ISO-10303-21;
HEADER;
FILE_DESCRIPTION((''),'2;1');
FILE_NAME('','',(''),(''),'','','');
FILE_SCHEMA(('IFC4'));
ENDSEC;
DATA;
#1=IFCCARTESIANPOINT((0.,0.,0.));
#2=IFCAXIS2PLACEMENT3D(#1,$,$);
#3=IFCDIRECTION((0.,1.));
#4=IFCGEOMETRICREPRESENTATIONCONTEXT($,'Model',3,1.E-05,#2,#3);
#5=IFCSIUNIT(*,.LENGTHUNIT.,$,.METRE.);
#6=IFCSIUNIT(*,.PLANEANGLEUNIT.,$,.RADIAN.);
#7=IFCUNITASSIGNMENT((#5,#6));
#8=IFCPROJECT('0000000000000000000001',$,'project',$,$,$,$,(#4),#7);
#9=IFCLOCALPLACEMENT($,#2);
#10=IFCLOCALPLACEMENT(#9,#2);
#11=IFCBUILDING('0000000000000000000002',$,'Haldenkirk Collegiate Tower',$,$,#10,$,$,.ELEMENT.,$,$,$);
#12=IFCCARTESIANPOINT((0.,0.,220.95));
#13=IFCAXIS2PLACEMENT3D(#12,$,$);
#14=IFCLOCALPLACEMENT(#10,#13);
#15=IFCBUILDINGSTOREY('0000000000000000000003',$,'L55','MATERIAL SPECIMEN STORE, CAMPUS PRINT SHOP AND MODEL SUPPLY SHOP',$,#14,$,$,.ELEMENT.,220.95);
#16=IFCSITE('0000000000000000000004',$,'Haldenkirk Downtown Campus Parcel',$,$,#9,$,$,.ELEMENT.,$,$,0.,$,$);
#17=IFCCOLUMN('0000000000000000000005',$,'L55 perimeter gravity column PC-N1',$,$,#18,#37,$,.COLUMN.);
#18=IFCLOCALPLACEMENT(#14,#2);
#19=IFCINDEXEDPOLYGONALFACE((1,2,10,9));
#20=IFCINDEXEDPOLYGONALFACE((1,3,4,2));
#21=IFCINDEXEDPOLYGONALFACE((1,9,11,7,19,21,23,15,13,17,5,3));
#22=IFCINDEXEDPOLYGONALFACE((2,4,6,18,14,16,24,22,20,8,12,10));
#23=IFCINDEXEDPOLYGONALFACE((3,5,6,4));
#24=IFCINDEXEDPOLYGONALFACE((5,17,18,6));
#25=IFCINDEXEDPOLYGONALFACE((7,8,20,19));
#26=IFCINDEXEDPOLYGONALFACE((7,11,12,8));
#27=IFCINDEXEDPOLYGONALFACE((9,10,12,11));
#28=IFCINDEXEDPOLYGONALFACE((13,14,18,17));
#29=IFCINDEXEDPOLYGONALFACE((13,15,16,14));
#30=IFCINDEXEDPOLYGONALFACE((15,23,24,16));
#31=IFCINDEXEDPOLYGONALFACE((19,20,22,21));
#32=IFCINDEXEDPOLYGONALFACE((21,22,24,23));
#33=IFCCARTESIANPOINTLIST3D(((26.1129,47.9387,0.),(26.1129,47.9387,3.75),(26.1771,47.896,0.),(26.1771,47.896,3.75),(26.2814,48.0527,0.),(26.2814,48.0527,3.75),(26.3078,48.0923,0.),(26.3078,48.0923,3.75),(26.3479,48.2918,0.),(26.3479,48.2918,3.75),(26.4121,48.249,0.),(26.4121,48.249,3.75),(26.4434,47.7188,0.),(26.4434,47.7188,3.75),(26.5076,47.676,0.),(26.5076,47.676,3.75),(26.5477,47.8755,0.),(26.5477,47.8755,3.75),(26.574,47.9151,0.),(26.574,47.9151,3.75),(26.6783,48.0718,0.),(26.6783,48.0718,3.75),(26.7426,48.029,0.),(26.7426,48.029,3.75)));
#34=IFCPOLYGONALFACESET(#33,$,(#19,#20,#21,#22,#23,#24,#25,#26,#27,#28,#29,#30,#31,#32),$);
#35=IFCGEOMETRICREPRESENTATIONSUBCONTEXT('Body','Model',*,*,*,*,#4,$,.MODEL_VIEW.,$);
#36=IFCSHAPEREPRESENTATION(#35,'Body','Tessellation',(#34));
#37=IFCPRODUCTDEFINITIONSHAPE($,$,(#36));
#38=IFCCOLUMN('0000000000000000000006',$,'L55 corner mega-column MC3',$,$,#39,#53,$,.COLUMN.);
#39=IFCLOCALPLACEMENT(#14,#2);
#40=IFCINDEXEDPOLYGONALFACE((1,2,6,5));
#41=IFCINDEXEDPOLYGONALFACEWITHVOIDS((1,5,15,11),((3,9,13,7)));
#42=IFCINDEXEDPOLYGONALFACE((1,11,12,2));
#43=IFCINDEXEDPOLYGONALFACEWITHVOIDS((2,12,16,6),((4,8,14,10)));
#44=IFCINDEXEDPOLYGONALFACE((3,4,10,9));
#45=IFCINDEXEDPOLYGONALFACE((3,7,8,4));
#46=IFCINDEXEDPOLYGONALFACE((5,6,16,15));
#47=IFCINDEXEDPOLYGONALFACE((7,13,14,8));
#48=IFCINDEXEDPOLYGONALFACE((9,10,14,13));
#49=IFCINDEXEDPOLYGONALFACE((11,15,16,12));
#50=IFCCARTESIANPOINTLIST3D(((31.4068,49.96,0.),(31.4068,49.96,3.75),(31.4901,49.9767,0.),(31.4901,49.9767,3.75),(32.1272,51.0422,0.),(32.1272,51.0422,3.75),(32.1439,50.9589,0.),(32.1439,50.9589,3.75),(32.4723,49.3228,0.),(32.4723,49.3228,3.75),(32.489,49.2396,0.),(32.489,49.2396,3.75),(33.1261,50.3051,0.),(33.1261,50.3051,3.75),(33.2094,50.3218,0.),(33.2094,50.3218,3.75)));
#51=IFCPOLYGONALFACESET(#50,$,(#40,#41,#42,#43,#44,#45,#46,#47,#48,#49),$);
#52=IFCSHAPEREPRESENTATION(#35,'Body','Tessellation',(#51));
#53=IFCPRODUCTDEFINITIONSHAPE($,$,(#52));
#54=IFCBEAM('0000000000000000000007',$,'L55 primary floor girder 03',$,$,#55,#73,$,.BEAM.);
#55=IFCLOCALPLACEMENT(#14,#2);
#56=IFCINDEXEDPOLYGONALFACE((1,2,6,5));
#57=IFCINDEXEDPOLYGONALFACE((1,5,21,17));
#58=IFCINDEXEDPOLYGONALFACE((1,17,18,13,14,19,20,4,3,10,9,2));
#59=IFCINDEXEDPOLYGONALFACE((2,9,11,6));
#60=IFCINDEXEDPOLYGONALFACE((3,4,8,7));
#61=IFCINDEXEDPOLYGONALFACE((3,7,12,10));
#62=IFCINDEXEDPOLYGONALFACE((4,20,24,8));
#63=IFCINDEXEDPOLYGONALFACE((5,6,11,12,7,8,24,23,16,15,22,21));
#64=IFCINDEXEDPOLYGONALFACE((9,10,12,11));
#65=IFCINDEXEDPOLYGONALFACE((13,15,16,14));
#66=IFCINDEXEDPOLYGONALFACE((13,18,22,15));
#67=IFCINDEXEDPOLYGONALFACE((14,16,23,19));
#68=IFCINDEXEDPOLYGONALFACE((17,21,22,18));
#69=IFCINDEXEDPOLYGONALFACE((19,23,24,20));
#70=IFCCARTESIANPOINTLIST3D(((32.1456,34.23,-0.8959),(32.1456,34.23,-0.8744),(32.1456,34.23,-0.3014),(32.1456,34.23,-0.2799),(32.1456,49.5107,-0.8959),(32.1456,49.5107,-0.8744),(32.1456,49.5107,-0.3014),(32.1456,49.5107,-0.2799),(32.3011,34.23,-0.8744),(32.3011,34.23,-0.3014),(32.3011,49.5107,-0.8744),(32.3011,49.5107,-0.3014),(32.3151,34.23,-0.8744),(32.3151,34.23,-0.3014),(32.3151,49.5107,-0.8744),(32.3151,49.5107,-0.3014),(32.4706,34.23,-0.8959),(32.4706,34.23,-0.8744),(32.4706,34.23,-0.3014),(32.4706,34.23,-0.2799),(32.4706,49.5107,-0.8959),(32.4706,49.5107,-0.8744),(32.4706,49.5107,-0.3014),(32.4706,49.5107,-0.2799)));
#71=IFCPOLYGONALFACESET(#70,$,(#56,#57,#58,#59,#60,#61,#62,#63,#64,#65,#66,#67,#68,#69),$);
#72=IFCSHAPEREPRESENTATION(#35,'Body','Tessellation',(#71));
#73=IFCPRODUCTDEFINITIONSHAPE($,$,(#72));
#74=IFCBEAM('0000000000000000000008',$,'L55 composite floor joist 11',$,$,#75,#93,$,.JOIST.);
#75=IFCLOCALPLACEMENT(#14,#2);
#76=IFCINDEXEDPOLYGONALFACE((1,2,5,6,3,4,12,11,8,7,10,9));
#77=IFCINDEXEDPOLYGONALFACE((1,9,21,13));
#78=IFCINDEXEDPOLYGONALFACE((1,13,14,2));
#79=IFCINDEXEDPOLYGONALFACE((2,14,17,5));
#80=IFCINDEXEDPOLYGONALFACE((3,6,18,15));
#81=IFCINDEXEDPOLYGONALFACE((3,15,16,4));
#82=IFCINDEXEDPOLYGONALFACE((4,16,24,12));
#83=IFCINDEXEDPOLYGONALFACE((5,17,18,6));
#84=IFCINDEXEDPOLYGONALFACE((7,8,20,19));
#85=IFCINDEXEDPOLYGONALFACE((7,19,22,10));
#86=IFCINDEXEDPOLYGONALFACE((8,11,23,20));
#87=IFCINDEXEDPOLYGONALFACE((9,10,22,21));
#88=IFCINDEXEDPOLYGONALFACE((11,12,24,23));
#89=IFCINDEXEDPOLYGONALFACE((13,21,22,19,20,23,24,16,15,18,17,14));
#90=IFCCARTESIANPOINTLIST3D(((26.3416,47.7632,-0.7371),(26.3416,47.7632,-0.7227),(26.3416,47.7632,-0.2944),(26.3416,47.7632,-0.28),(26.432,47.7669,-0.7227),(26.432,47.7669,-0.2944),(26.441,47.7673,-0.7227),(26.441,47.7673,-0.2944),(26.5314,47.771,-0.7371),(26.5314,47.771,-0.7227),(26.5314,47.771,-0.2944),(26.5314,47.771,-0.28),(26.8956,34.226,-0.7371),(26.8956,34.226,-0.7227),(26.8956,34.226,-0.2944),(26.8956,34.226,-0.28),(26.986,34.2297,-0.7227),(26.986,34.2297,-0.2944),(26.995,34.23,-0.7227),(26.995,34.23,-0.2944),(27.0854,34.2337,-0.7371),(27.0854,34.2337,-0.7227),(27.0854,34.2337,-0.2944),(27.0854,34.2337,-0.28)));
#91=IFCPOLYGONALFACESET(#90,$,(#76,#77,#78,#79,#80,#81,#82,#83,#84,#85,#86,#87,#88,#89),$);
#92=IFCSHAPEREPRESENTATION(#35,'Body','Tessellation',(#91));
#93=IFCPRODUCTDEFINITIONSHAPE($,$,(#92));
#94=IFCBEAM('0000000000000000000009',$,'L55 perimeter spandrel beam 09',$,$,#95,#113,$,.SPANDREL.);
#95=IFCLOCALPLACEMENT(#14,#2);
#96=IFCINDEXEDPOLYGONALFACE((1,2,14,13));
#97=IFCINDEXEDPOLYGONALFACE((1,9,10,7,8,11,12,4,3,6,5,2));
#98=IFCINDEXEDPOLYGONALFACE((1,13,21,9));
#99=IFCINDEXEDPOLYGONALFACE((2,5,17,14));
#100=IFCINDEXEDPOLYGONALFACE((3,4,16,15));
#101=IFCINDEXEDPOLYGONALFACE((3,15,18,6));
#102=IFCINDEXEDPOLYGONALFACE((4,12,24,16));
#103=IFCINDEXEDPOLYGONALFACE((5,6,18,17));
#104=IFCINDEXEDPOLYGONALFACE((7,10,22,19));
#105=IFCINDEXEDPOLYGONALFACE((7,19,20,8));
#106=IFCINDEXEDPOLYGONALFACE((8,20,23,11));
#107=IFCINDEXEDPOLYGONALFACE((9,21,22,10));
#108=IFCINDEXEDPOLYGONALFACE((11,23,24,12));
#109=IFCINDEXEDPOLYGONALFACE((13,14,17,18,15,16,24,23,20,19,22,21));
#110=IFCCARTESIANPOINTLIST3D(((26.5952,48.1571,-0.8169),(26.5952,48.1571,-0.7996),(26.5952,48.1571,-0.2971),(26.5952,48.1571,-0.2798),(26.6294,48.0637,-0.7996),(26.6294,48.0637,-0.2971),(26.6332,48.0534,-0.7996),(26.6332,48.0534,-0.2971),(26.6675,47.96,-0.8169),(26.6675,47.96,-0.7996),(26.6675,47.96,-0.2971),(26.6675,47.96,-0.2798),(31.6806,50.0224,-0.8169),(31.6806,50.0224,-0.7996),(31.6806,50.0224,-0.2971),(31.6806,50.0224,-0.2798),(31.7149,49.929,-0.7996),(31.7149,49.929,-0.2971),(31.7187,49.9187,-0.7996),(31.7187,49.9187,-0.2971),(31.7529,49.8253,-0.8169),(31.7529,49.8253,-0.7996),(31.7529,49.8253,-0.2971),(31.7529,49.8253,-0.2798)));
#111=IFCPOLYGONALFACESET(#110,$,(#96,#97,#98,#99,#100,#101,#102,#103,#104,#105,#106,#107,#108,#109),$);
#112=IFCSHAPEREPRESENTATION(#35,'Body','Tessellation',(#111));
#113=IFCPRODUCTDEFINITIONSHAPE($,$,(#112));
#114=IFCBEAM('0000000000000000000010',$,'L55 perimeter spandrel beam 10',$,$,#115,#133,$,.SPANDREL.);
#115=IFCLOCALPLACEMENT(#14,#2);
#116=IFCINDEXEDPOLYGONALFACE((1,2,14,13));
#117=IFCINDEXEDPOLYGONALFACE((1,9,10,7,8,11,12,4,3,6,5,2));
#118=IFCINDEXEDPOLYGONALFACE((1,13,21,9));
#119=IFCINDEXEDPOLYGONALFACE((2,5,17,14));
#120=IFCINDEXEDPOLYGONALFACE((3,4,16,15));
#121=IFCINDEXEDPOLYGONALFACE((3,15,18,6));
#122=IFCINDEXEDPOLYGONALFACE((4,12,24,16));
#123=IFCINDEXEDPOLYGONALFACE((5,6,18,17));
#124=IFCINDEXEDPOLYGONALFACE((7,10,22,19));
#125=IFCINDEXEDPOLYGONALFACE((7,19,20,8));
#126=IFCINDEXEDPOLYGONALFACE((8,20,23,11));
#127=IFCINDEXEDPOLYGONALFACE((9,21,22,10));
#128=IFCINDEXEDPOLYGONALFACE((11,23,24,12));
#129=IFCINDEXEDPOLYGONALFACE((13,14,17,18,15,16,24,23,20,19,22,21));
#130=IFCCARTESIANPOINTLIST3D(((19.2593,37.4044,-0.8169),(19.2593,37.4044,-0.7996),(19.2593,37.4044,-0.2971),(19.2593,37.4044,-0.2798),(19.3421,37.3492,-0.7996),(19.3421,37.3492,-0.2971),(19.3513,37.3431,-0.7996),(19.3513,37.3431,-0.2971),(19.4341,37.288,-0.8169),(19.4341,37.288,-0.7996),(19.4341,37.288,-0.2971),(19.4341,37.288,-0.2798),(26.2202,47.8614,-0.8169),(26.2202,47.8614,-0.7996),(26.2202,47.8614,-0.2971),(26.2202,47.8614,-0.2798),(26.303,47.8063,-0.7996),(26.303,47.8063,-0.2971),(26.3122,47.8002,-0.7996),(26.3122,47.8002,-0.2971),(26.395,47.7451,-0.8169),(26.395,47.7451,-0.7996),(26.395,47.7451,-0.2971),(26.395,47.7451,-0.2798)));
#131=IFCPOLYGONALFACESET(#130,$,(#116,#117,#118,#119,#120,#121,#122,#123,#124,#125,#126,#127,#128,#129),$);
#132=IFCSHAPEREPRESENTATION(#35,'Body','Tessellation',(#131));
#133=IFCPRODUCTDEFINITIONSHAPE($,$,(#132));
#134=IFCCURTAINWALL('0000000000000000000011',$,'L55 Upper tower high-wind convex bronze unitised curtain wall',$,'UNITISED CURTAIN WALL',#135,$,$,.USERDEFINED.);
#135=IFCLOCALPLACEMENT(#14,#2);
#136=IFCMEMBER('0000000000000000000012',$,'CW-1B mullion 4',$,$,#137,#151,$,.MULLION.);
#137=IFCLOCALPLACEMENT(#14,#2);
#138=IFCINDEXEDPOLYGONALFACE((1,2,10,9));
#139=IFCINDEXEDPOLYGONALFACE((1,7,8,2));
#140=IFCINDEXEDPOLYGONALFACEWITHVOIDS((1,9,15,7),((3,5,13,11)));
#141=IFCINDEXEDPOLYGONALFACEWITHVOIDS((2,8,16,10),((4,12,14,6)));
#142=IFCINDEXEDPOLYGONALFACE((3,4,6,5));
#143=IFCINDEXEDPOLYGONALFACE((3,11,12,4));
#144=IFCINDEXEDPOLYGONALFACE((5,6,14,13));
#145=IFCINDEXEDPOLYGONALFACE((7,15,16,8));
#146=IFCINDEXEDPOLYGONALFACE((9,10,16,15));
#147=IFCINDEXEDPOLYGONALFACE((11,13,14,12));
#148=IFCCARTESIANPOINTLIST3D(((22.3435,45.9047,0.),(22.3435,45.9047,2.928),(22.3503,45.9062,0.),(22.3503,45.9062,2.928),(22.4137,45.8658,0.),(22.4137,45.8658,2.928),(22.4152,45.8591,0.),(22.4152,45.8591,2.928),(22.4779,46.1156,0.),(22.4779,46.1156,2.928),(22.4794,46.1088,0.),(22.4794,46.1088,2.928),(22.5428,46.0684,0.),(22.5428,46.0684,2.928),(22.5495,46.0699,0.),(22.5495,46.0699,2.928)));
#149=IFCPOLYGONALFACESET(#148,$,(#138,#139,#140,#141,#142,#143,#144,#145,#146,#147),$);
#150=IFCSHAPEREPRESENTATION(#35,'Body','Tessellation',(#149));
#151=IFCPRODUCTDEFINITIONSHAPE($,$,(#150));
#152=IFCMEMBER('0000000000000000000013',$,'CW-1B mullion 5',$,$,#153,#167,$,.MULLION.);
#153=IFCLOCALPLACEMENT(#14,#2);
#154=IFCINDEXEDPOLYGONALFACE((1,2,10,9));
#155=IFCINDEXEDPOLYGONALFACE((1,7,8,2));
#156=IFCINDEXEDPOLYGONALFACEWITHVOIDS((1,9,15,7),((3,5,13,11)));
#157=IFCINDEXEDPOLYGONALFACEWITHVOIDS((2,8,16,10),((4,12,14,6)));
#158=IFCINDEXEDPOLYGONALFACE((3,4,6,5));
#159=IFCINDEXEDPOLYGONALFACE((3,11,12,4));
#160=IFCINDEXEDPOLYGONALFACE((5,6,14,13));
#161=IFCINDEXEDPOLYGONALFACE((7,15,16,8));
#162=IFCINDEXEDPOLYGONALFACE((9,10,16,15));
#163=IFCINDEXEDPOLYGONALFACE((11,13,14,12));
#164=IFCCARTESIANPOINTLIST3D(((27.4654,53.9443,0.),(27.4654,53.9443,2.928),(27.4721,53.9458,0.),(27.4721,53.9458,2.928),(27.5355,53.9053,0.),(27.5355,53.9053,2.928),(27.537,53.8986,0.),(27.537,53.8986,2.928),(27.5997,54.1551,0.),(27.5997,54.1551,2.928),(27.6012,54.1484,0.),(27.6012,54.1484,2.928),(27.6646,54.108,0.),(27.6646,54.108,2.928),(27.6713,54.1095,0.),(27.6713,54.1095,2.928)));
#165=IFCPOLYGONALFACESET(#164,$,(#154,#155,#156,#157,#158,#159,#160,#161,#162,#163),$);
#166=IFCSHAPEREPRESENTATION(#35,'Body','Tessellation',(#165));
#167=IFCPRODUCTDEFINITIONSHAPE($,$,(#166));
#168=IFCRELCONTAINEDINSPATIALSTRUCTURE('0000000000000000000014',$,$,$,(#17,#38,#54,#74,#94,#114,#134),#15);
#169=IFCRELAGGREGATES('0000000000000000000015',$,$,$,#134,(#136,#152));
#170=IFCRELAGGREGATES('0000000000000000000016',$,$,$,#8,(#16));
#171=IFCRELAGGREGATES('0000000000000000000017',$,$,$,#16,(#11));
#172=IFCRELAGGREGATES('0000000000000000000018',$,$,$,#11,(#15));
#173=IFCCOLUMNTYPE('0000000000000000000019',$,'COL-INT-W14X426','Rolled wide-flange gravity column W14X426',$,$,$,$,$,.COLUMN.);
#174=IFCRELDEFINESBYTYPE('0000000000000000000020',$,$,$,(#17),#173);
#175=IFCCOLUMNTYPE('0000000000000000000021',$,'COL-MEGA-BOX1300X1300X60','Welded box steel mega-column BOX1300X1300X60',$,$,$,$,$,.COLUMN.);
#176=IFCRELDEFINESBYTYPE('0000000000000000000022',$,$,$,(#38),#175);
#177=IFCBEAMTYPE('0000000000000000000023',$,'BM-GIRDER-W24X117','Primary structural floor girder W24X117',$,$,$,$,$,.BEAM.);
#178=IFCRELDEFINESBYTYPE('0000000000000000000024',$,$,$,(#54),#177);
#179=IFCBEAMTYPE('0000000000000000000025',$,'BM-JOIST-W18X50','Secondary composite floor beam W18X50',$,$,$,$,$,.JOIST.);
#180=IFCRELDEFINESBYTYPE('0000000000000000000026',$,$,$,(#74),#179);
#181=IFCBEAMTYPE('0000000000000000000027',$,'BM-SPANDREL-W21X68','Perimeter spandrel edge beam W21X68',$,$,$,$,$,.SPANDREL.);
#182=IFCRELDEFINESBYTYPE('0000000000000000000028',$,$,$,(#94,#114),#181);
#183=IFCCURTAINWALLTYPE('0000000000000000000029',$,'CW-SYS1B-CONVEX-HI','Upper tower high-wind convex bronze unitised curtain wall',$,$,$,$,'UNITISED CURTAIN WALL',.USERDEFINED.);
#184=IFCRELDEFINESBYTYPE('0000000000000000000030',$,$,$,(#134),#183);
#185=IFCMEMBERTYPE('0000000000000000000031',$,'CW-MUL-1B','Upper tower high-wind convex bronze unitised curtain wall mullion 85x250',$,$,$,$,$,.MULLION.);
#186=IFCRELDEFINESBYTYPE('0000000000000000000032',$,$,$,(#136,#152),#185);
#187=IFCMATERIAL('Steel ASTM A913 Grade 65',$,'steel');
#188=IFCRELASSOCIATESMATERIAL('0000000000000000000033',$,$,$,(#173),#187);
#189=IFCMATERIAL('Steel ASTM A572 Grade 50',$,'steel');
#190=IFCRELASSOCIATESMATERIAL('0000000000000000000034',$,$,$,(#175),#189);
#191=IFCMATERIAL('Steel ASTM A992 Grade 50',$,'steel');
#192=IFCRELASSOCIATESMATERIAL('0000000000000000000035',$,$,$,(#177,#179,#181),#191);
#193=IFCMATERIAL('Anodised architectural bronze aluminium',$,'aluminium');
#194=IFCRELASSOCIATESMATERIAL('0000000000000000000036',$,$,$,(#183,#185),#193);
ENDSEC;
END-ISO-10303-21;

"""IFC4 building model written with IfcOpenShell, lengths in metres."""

from ifc_helpers import new_model, si_unit, direction, frame, origin, origin_2d, place, context, subcontext, project, spatial, hollow_rectangle, i_section, extrude, material, material_profile, profile_set, type_object, element, aggregate, save


model = new_model("IFC4")

# Units and contexts
model_context = context("Model", 3, precision=1e-05, world=origin(), true_north=direction((0.0, 1.0)))
body_context = subcontext(model_context, "Body", "Model", "MODEL_VIEW")
ifc_project = project(units=[si_unit("LENGTHUNIT", "METRE"), si_unit("PLANEANGLEUNIT", "RADIAN")], contexts=[model_context])

# Site, building, storey
site_placement = place(None, origin())
site = spatial("IfcSite", under=ifc_project, at=site_placement, Name="Haldenkirk Downtown Campus Parcel", CompositionType="ELEMENT", RefElevation=0.0)
building_placement = place(site_placement, origin())
building = spatial("IfcBuilding", under=site, at=building_placement, Name="Haldenkirk Collegiate Tower", CompositionType="ELEMENT")
storey_placement = place(building_placement, frame((0.0, 0.0, 220.95)))
storey = spatial("IfcBuildingStorey", under=building, at=storey_placement, Name="L55", Description="MATERIAL SPECIMEN STORE, CAMPUS PRINT SHOP AND MODEL SUPPLY SHOP", CompositionType="ELEMENT", Elevation=220.95)

# Columns
ifc_material_1 = material(Name="Steel ASTM A913 Grade 65", Category="steel")
ifc_material_profile_1 = material_profile(ifc_material_1, i_section(OverallWidth=0.4241, OverallDepth=0.4741, WebThickness=0.0476, FlangeThickness=0.0771, at=origin_2d()), Name="W14X426")
ifc_profile_set_1 = profile_set([ifc_material_profile_1], Name="Steel ASTM A913 Grade 65")
column_type_1 = type_object("IfcColumnType", Name="COL-INT-W14X426", Description="Rolled wide-flange gravity column W14X426", PredefinedType="COLUMN", material=ifc_profile_set_1)
column_1_placement = place(storey_placement, frame((26.4277, 47.9839, 0.0), z_axis=(0.0, 0.0, 1.0), x_axis=(0.554118, 0.832438, 0.0)))
element("IfcColumn", 1, at=column_1_placement, inside=storey, type_object=column_type_1, Name="L55 perimeter gravity column PC-N1", PredefinedType="COLUMN", context=body_context, shape_type="SweptSolid", body=[
    extrude(i_section(OverallWidth=0.4241, OverallDepth=0.4741, WebThickness=0.0476, FlangeThickness=0.0771, at=origin_2d()), origin(), (0.0, 0.0, 1.0), 3.75),
])
ifc_material_2 = material(Name="Steel ASTM A572 Grade 50", Category="steel")
ifc_material_profile_2 = material_profile(ifc_material_2, hollow_rectangle(XDim=1.3, YDim=1.3, WallThickness=0.0601, at=origin_2d()), Name="BOX1300X1300X60")
ifc_profile_set_2 = profile_set([ifc_material_profile_2], Name="Steel ASTM A572 Grade 50")
column_type_2 = type_object("IfcColumnType", Name="COL-MEGA-BOX1300X1300X60", Description="Welded box steel mega-column BOX1300X1300X60", PredefinedType="COLUMN", material=ifc_profile_set_2)
column_2_placement = place(storey_placement, frame((32.3081, 50.1409, 0.0), z_axis=(0.0, 0.0, 1.0), x_axis=(0.554118, 0.832438, 0.0)))
element("IfcColumn", 2, at=column_2_placement, inside=storey, type_object=column_type_2, Name="L55 corner mega-column MC3", PredefinedType="COLUMN", context=body_context, shape_type="SweptSolid", body=[
    extrude(hollow_rectangle(XDim=1.3, YDim=1.3, WallThickness=0.0601, at=origin_2d()), origin(), (0.0, 0.0, 1.0), 3.75),
])

# Beams
ifc_material_3 = material(Name="Steel ASTM A992 Grade 50", Category="steel")
ifc_material_profile_3 = material_profile(ifc_material_3, i_section(OverallWidth=0.325, OverallDepth=0.616, WebThickness=0.0139, FlangeThickness=0.0215, at=origin_2d()), Name="W24X117")
ifc_profile_set_3 = profile_set([ifc_material_profile_3], Name="Steel ASTM A992 Grade 50")
beam_type_1 = type_object("IfcBeamType", Name="BM-GIRDER-W24X117", Description="Primary structural floor girder W24X117", PredefinedType="BEAM", material=ifc_profile_set_3)
beam_1_placement = place(storey_placement, frame((32.3081, 49.5107, -0.5879), z_axis=(0.0, -1.0, 0.0), x_axis=(1.0, 0.0, 0.0)))
element("IfcBeam", 3, at=beam_1_placement, inside=storey, type_object=beam_type_1, Name="L55 primary floor girder 03", PredefinedType="BEAM", context=body_context, shape_type="SweptSolid", body=[
    extrude(i_section(OverallWidth=0.325, OverallDepth=0.616, WebThickness=0.0139, FlangeThickness=0.0215, at=origin_2d()), origin(), (0.0, 0.0, 1.0), 15.2808),
])
ifc_material_profile_4 = material_profile(ifc_material_3, i_section(OverallWidth=0.1899, OverallDepth=0.457, WebThickness=0.009, FlangeThickness=0.0144, at=origin_2d()), Name="W18X50")
ifc_profile_set_4 = profile_set([ifc_material_profile_4], Name="Steel ASTM A992 Grade 50")
beam_type_2 = type_object("IfcBeamType", Name="BM-JOIST-W18X50", Description="Secondary composite floor beam W18X50", PredefinedType="JOIST", material=ifc_profile_set_4)
beam_2_placement = place(storey_placement, frame((26.4365, 47.7671, -0.5085), z_axis=(0.040886, -0.999164, 0.0), x_axis=(0.999164, 0.040886, 0.0)))
element("IfcBeam", 4, at=beam_2_placement, inside=storey, type_object=beam_type_2, Name="L55 composite floor joist 11", PredefinedType="JOIST", context=body_context, shape_type="SweptSolid", body=[
    extrude(i_section(OverallWidth=0.1899, OverallDepth=0.457, WebThickness=0.009, FlangeThickness=0.0144, at=origin_2d()), origin(), (0.0, 0.0, 1.0), 13.5486),
])
ifc_material_profile_5 = material_profile(ifc_material_3, i_section(OverallWidth=0.21, OverallDepth=0.5371, WebThickness=0.011, FlangeThickness=0.0173, at=origin_2d()), Name="W21X68")
ifc_profile_set_5 = profile_set([ifc_material_profile_5], Name="Steel ASTM A992 Grade 50")
beam_type_3 = type_object("IfcBeamType", Name="BM-SPANDREL-W21X68", Description="Perimeter spandrel edge beam W21X68", PredefinedType="SPANDREL", material=ifc_profile_set_5)
beam_3_placement = place(storey_placement, frame((31.7168, 49.9238, -0.5483), z_axis=(-0.938842, -0.344347, 0.0), x_axis=(0.344347, -0.938842, 0.0)))
element("IfcBeam", 5, at=beam_3_placement, inside=storey, type_object=beam_type_3, Name="L55 perimeter spandrel beam 09", PredefinedType="SPANDREL", context=body_context, shape_type="SweptSolid", body=[
    extrude(i_section(OverallWidth=0.21, OverallDepth=0.5371, WebThickness=0.011, FlangeThickness=0.0173, at=origin_2d()), origin(), (0.0, 0.0, 1.0), 5.4167),
])
beam_4_placement = place(storey_placement, frame((26.3076, 47.8032, -0.5483), z_axis=(-0.554126, -0.832433, 0.0), x_axis=(0.832433, -0.554126, 0.0)))
element("IfcBeam", 6, at=beam_4_placement, inside=storey, type_object=beam_type_3, Name="L55 perimeter spandrel beam 10", PredefinedType="SPANDREL", context=body_context, shape_type="SweptSolid", body=[
    extrude(i_section(OverallWidth=0.21, OverallDepth=0.5371, WebThickness=0.011, FlangeThickness=0.0173, at=origin_2d()), origin(), (0.0, 0.0, 1.0), 12.562),
])

# Curtain wall, members
ifc_material_4 = material(Name="Anodised architectural bronze aluminium", Category="aluminium")
curtain_wall_type = type_object("IfcCurtainWallType", Name="CW-SYS1B-CONVEX-HI", Description="Upper tower high-wind convex bronze unitised curtain wall", ElementType="UNITISED CURTAIN WALL", PredefinedType="USERDEFINED", material=ifc_material_4)
curtain_wall_placement = place(storey_placement, origin())
curtain_wall = element("IfcCurtainWall", 7, at=curtain_wall_placement, inside=storey, type_object=curtain_wall_type, Name="L55 Upper tower high-wind convex bronze unitised curtain wall", ObjectType="UNITISED CURTAIN WALL", PredefinedType="USERDEFINED")
ifc_material_profile_6 = material_profile(ifc_material_4, hollow_rectangle(XDim=0.085, YDim=0.25, WallThickness=0.0049, at=origin_2d()), Name="CW-MUL-1B")
ifc_profile_set_6 = profile_set([ifc_material_profile_6], Name="Anodised architectural bronze aluminium")
member_type_1 = type_object("IfcMemberType", Name="CW-MUL-1B", Description="Upper tower high-wind convex bronze unitised curtain wall mullion 85x250", PredefinedType="MULLION", material=ifc_profile_set_6)
member_1_placement = place(storey_placement, frame((22.4465, 45.9873, 0.0), z_axis=(0.0, 0.0, 1.0), x_axis=(-0.84339, 0.537301, 0.0)))
member_1 = element("IfcMember", 8, at=member_1_placement, type_object=member_type_1, Name="CW-1B mullion 4", PredefinedType="MULLION", context=body_context, shape_type="SweptSolid", body=[
    extrude(hollow_rectangle(XDim=0.085, YDim=0.25, WallThickness=0.0049, at=origin_2d()), origin(), (0.0, 0.0, 1.0), 2.928),
])
member_2_placement = place(storey_placement, frame((27.5684, 54.0269, 0.0), z_axis=(0.0, 0.0, 1.0), x_axis=(-0.84339, 0.537301, 0.0)))
member_2 = element("IfcMember", 9, at=member_2_placement, type_object=member_type_1, Name="CW-1B mullion 5", PredefinedType="MULLION", context=body_context, shape_type="SweptSolid", body=[
    extrude(hollow_rectangle(XDim=0.085, YDim=0.25, WallThickness=0.0049, at=origin_2d()), origin(), (0.0, 0.0, 1.0), 2.928),
])
aggregate(curtain_wall, [member_1, member_2])

save(model, "model.ifc")
